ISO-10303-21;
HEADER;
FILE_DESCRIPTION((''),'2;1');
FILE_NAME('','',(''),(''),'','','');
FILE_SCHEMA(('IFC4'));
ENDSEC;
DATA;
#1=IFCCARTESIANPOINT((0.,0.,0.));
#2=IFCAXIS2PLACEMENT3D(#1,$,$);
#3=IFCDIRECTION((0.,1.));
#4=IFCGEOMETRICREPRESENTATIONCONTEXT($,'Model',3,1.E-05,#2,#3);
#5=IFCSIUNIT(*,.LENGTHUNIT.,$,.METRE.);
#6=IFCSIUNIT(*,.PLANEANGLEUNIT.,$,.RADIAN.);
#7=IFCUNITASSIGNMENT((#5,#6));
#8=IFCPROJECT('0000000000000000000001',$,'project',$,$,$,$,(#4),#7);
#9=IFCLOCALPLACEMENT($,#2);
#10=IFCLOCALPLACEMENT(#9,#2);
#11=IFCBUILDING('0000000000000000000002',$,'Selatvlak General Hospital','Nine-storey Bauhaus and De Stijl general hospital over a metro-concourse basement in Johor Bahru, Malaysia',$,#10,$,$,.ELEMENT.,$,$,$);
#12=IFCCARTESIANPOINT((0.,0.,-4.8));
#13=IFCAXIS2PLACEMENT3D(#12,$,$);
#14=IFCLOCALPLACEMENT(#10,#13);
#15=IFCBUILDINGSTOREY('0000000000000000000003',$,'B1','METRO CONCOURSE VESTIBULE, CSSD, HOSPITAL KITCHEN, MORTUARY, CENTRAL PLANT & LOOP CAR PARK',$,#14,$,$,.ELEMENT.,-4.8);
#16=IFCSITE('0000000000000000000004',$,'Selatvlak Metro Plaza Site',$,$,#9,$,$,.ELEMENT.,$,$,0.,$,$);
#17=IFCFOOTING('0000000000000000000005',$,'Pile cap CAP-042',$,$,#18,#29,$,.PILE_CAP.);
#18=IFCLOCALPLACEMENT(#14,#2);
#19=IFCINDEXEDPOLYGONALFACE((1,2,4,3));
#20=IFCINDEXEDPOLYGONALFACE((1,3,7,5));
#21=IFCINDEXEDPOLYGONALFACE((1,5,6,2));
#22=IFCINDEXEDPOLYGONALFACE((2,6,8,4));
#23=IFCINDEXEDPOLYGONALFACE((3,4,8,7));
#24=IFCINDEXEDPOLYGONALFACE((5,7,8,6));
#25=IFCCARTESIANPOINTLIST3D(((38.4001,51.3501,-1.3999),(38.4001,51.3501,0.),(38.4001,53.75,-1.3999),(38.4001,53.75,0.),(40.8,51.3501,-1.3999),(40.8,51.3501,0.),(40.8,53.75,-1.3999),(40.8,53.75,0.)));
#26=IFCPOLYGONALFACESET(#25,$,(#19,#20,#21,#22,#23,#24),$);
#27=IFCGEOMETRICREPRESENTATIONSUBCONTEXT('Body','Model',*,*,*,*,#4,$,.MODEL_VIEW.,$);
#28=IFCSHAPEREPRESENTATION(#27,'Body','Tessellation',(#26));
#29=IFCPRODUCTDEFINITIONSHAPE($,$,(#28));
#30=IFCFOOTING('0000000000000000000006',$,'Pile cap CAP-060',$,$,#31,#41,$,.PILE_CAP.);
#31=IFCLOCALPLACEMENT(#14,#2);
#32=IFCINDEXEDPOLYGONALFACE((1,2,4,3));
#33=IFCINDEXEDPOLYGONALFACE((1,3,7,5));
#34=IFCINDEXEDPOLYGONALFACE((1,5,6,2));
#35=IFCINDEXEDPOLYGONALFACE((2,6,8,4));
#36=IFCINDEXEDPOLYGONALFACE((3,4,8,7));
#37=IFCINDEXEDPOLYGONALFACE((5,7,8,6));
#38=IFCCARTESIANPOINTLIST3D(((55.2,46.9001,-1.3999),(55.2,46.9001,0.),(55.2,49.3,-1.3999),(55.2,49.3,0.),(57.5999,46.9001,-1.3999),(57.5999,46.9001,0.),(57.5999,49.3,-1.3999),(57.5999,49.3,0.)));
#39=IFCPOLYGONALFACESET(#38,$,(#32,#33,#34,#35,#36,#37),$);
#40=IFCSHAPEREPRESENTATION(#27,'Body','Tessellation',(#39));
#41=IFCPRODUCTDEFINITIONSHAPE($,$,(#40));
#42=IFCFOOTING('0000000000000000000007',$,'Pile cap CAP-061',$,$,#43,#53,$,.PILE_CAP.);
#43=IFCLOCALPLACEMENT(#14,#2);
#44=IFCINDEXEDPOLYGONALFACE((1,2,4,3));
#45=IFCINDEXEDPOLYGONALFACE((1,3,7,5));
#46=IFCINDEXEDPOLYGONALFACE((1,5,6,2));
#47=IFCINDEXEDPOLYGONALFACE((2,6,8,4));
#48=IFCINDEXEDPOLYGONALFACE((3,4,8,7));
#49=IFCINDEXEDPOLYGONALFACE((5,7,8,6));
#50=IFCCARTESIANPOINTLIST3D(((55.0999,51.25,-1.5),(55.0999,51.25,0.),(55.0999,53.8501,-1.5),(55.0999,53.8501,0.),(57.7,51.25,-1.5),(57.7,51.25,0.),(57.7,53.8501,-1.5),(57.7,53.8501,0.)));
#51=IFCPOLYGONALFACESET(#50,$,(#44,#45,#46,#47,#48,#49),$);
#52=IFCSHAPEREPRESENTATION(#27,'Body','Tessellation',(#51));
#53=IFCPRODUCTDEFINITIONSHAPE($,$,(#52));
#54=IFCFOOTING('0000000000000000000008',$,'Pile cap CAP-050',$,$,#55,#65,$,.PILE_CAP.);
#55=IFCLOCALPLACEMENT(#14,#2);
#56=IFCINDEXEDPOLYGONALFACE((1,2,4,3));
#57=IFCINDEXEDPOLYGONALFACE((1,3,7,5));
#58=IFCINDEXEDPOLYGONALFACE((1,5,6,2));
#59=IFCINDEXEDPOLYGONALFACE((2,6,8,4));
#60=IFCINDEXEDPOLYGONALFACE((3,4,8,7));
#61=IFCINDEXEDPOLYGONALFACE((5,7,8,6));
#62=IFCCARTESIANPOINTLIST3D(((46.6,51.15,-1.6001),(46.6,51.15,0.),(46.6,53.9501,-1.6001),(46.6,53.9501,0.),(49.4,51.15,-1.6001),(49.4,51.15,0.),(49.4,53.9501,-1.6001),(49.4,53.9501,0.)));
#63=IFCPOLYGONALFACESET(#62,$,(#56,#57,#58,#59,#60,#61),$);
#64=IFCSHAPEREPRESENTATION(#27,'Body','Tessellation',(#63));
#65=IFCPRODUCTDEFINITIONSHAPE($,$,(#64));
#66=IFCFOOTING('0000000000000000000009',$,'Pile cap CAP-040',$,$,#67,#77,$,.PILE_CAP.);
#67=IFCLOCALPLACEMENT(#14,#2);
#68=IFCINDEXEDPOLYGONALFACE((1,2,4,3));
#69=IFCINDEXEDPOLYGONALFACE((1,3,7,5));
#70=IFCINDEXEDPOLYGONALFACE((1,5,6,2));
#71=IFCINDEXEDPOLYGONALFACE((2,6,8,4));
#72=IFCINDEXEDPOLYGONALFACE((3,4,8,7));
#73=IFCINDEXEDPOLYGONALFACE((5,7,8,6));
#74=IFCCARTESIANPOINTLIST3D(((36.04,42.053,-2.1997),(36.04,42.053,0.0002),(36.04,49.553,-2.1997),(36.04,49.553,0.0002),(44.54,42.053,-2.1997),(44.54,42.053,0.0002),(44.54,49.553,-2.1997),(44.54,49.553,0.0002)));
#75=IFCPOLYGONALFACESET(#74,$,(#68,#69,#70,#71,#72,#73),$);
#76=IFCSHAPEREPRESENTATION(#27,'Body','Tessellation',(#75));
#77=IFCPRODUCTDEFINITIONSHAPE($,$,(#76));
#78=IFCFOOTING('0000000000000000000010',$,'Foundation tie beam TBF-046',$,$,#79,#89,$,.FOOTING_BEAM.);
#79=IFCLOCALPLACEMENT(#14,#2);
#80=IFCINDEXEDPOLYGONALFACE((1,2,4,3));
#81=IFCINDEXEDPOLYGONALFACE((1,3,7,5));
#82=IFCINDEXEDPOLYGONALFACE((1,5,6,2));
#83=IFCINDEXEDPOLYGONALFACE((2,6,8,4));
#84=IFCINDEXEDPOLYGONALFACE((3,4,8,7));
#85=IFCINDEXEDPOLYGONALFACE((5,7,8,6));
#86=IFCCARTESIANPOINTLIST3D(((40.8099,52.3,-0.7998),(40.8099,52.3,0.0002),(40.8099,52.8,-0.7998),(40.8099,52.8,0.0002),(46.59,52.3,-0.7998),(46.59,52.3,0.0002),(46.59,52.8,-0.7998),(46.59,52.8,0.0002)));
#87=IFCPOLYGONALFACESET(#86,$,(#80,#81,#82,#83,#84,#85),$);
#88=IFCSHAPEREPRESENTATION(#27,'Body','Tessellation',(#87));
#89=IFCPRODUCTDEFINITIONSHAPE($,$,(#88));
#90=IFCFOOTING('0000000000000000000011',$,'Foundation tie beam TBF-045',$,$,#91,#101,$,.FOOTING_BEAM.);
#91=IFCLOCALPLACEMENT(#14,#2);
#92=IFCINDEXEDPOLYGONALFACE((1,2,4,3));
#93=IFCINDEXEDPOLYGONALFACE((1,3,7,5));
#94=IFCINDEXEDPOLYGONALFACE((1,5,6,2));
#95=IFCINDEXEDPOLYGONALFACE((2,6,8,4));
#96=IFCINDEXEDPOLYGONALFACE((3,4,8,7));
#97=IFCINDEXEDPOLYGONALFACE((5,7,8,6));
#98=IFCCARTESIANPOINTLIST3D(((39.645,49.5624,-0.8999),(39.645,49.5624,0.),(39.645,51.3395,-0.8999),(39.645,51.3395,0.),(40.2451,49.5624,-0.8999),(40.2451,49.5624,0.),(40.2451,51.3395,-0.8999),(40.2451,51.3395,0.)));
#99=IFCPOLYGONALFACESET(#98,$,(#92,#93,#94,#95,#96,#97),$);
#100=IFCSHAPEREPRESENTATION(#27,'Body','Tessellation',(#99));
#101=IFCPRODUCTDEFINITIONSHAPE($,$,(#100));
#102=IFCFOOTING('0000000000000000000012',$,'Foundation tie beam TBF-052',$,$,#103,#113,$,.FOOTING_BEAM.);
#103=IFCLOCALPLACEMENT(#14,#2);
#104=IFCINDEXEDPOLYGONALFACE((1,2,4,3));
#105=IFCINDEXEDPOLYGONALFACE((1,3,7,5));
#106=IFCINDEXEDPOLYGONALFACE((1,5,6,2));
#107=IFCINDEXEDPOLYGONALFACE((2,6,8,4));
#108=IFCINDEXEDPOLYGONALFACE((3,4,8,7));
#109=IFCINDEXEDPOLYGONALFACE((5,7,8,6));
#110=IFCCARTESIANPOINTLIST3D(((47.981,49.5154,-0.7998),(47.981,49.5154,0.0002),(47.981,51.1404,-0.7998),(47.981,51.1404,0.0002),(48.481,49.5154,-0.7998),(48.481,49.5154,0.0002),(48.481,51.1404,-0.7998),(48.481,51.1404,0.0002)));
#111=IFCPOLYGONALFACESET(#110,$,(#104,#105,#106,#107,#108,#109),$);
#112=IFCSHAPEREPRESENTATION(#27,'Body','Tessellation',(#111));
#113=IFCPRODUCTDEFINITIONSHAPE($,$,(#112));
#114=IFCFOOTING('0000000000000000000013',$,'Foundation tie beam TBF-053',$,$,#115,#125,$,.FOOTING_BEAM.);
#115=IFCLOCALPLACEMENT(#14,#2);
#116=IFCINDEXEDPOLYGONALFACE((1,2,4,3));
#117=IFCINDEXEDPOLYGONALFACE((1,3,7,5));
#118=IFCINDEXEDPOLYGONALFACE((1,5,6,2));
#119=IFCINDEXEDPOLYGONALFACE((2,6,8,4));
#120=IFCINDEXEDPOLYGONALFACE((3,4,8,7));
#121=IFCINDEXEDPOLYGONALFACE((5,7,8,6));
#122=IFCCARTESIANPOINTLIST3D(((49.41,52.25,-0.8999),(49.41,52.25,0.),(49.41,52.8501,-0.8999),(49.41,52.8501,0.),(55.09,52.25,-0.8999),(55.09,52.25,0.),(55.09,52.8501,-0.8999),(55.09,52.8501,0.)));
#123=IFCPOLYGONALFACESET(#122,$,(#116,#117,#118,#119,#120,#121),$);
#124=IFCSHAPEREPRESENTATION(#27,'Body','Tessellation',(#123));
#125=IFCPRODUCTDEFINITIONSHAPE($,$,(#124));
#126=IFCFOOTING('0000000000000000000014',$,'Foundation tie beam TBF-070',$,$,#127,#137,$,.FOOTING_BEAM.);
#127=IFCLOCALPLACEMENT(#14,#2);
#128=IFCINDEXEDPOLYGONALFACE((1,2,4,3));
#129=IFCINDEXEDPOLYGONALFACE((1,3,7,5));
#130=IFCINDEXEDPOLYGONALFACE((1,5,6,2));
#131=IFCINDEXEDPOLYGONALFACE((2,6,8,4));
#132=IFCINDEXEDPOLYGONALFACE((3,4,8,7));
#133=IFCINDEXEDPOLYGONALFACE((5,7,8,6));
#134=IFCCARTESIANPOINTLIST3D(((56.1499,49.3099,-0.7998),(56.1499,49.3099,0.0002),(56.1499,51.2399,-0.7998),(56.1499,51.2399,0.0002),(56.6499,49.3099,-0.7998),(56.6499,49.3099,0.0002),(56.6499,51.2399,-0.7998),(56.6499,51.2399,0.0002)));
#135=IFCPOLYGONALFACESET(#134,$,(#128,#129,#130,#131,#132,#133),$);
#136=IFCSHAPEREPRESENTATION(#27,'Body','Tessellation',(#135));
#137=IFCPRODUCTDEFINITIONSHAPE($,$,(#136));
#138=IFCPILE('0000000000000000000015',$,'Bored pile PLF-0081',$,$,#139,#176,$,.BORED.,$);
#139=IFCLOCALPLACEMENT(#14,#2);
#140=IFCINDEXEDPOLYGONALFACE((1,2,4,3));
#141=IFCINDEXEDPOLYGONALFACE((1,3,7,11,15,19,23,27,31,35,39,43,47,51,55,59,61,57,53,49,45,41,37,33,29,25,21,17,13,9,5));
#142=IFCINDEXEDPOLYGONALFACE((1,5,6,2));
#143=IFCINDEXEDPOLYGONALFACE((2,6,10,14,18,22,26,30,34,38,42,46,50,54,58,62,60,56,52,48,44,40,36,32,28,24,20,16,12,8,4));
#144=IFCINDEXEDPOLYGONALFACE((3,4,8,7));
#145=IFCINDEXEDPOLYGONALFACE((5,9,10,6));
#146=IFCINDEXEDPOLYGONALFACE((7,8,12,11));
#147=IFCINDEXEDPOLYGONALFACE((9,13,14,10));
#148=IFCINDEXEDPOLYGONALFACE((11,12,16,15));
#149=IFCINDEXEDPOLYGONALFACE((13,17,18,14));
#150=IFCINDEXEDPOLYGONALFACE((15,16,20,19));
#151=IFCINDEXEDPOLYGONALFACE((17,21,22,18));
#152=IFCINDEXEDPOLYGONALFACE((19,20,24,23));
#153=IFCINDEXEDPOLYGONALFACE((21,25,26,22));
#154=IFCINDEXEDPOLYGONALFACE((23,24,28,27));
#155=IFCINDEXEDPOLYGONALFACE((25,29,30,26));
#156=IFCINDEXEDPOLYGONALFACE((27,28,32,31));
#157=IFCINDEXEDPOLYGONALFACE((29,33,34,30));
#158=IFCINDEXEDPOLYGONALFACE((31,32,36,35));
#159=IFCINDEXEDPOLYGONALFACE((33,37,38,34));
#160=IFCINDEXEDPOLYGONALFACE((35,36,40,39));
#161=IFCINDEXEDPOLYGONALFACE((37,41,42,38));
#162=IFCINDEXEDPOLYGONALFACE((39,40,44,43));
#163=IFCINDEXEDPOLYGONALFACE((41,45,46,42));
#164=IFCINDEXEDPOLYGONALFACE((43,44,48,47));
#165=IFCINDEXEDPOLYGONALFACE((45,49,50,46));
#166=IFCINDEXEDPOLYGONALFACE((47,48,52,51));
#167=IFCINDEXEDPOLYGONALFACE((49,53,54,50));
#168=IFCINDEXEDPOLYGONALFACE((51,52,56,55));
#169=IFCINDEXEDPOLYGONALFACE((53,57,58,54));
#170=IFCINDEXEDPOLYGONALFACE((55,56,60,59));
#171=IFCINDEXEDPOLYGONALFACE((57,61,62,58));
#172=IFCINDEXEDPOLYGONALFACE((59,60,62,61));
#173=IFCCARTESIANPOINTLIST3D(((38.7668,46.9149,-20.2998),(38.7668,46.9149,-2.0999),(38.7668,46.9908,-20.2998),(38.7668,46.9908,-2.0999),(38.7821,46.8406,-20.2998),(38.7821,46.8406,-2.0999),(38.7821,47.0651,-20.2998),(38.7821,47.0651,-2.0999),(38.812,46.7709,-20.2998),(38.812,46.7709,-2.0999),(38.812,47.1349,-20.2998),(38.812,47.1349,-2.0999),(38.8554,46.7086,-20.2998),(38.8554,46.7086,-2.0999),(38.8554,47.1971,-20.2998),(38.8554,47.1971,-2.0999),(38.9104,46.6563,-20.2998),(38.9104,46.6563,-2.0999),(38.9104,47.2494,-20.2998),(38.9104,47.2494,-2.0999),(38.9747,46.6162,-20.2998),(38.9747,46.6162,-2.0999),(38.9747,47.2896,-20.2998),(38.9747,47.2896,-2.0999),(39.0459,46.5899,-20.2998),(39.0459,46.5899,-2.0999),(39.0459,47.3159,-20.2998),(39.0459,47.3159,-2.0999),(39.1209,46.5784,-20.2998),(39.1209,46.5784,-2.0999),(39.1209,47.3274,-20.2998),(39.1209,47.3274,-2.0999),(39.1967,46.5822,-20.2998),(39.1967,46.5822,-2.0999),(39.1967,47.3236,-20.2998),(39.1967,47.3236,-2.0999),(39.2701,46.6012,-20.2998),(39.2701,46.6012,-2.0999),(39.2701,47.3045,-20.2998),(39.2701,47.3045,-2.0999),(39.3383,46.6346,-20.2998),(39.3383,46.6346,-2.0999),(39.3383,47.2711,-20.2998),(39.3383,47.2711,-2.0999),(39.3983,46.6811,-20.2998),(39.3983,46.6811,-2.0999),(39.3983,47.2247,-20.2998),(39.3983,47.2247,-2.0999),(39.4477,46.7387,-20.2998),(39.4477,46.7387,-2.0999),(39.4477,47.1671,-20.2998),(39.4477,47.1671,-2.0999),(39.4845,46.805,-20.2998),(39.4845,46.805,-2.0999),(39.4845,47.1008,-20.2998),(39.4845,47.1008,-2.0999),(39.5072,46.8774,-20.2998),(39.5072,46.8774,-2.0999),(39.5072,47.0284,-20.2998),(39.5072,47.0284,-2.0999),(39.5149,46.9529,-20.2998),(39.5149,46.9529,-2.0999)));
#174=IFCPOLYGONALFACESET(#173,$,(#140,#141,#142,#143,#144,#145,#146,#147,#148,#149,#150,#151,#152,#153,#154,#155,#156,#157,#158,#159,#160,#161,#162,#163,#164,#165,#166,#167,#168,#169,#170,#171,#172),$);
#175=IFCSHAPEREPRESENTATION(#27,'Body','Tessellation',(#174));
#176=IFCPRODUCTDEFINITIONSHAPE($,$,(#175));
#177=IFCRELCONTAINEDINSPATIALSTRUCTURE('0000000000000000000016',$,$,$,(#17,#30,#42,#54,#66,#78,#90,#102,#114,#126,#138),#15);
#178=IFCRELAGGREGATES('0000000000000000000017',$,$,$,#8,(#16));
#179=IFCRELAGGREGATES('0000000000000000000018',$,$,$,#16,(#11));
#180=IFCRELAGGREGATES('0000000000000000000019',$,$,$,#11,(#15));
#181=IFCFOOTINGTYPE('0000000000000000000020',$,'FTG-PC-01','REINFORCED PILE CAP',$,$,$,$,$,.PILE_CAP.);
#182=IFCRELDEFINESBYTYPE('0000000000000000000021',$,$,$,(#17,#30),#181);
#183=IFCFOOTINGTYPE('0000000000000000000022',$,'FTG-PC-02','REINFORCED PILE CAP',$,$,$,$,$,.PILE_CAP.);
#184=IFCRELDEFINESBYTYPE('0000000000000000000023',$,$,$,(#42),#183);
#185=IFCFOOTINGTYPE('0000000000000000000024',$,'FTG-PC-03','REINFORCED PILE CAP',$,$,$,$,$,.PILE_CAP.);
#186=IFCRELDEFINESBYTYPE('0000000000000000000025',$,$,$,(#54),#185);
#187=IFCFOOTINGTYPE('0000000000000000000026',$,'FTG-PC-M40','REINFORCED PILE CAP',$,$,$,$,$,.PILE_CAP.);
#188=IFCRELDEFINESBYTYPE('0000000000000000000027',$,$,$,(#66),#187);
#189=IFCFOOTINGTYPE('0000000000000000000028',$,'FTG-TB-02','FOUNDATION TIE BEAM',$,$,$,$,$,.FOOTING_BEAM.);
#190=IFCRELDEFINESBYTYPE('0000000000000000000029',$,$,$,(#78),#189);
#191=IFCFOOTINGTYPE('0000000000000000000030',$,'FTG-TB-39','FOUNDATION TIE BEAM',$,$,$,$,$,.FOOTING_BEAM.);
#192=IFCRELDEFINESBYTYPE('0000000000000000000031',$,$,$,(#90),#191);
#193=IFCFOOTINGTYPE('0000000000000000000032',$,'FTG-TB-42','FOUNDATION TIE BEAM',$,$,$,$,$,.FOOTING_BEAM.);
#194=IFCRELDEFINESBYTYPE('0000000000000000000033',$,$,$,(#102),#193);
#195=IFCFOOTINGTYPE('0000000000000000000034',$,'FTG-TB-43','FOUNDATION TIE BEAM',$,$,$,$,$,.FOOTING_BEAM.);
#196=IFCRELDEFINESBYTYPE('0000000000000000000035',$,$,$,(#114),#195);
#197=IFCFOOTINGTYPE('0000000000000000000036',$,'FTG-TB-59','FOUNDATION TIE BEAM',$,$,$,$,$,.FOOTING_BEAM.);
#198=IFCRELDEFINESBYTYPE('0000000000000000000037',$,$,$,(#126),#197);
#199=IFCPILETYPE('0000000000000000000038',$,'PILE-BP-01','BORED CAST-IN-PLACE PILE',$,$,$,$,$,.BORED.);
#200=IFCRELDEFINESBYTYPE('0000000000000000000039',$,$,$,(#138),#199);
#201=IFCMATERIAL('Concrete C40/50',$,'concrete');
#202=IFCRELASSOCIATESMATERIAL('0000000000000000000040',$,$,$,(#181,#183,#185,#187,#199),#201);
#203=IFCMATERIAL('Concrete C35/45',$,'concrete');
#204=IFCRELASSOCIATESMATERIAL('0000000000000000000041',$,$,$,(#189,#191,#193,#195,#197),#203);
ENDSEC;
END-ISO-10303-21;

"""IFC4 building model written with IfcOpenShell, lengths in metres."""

from ifc_helpers import new_model, si_unit, direction, frame, origin, origin_2d, place, context, subcontext, project, spatial, rectangle, circle, extrude, material, material_profile, profile_set, type_object, element, save


model = new_model("IFC4")

# Units and contexts
model_context = context("Model", 3, precision=1e-05, world=origin(), true_north=direction((0.0, 1.0)))
body_context = subcontext(model_context, "Body", "Model", "MODEL_VIEW")
ifc_project = project(units=[si_unit("LENGTHUNIT", "METRE"), si_unit("PLANEANGLEUNIT", "RADIAN")], contexts=[model_context])

# Site, building, storey
site_placement = place(None, origin())
site = spatial("IfcSite", under=ifc_project, at=site_placement, Name="Selatvlak Metro Plaza Site", CompositionType="ELEMENT", RefElevation=0.0)
building_placement = place(site_placement, origin())
building = spatial("IfcBuilding", under=site, at=building_placement, Name="Selatvlak General Hospital", Description="Nine-storey Bauhaus and De Stijl general hospital over a metro-concourse basement in Johor Bahru, Malaysia", CompositionType="ELEMENT")
storey_placement = place(building_placement, frame((0.0, 0.0, -4.8)))
storey = spatial("IfcBuildingStorey", under=building, at=storey_placement, Name="B1", Description="METRO CONCOURSE VESTIBULE, CSSD, HOSPITAL KITCHEN, MORTUARY, CENTRAL PLANT & LOOP CAR PARK", CompositionType="ELEMENT", Elevation=-4.8)

# Footings
ifc_material_1 = material(Name="Concrete C40/50", Category="concrete")
footing_type_1 = type_object("IfcFootingType", Name="FTG-PC-01", Description="REINFORCED PILE CAP", PredefinedType="PILE_CAP", material=ifc_material_1)
for number, where, z_axis, x_axis, name in (
    (1, (39.6001, 52.55, -1.3999), (0.0, 0.0, 1.0), (1.0, 0.0, 0.0), "Pile cap CAP-042"),
    (2, (56.3999, 48.1001, -1.3999), (0.0, 0.0, 1.0), (1.0, 0.0, 0.0), "Pile cap CAP-060"),
):
    element("IfcFooting", number, at=place(storey_placement, frame(where, z_axis=z_axis, x_axis=x_axis)), inside=storey, type_object=footing_type_1, Name=name, PredefinedType="PILE_CAP", context=body_context, shape_type="SweptSolid", body=[
        extrude(rectangle(XDim=2.3999, YDim=2.3999, at=origin_2d()), origin(), (0.0, 0.0, 1.0), 1.3999),
    ])
footing_type_2 = type_object("IfcFootingType", Name="FTG-PC-02", Description="REINFORCED PILE CAP", PredefinedType="PILE_CAP", material=ifc_material_1)
footing_1_placement = place(storey_placement, frame((56.3999, 52.55, -1.5), z_axis=(0.0, 0.0, 1.0), x_axis=(1.0, 0.0, 0.0)))
element("IfcFooting", 3, at=footing_1_placement, inside=storey, type_object=footing_type_2, Name="Pile cap CAP-061", PredefinedType="PILE_CAP", context=body_context, shape_type="SweptSolid", body=[
    extrude(rectangle(XDim=2.6001, YDim=2.6001, at=origin_2d()), origin(), (0.0, 0.0, 1.0), 1.5),
])
footing_type_3 = type_object("IfcFootingType", Name="FTG-PC-03", Description="REINFORCED PILE CAP", PredefinedType="PILE_CAP", material=ifc_material_1)
footing_2_placement = place(storey_placement, frame((48.0, 52.55, -1.6001), z_axis=(0.0, 0.0, 1.0), x_axis=(1.0, 0.0, 0.0)))
element("IfcFooting", 4, at=footing_2_placement, inside=storey, type_object=footing_type_3, Name="Pile cap CAP-050", PredefinedType="PILE_CAP", context=body_context, shape_type="SweptSolid", body=[
    extrude(rectangle(XDim=2.8, YDim=2.8, at=origin_2d()), origin(), (0.0, 0.0, 1.0), 1.6001),
])
footing_type_4 = type_object("IfcFootingType", Name="FTG-PC-M40", Description="REINFORCED PILE CAP", PredefinedType="PILE_CAP", material=ifc_material_1)
footing_3_placement = place(storey_placement, frame((40.29, 45.803, -2.1997), z_axis=(0.0, 0.0, 1.0), x_axis=(1.0, 0.0, 0.0)))
element("IfcFooting", 5, at=footing_3_placement, inside=storey, type_object=footing_type_4, Name="Pile cap CAP-040", PredefinedType="PILE_CAP", context=body_context, shape_type="SweptSolid", body=[
    extrude(rectangle(XDim=8.5, YDim=7.5, at=origin_2d()), origin(), (0.0, 0.0, 1.0), 2.2),
])
ifc_material_2 = material(Name="Concrete C35/45", Category="concrete")
footing_type_5 = type_object("IfcFootingType", Name="FTG-TB-02", Description="FOUNDATION TIE BEAM", PredefinedType="FOOTING_BEAM", material=ifc_material_2)
footing_4_placement = place(storey_placement, frame((43.7, 52.55, -0.7998), z_axis=(0.0, 0.0, 1.0), x_axis=(1.0, 0.0, 0.0)))
element("IfcFooting", 6, at=footing_4_placement, inside=storey, type_object=footing_type_5, Name="Foundation tie beam TBF-046", PredefinedType="FOOTING_BEAM", context=body_context, shape_type="SweptSolid", body=[
    extrude(rectangle(XDim=5.78, YDim=0.5, at=origin_2d()), origin(), (0.0, 0.0, 1.0), 0.8),
])
footing_type_6 = type_object("IfcFootingType", Name="FTG-TB-39", Description="FOUNDATION TIE BEAM", PredefinedType="FOOTING_BEAM", material=ifc_material_2)
footing_5_placement = place(storey_placement, frame((39.9451, 50.4509, -0.8999), z_axis=(0.0, 0.0, 1.0), x_axis=(0.0, 1.0, 0.0)))
element("IfcFooting", 7, at=footing_5_placement, inside=storey, type_object=footing_type_6, Name="Foundation tie beam TBF-045", PredefinedType="FOOTING_BEAM", context=body_context, shape_type="SweptSolid", body=[
    extrude(rectangle(XDim=1.7771, YDim=0.6001, at=origin_2d()), origin(), (0.0, 0.0, 1.0), 0.8999),
])
footing_type_7 = type_object("IfcFootingType", Name="FTG-TB-42", Description="FOUNDATION TIE BEAM", PredefinedType="FOOTING_BEAM", material=ifc_material_2)
footing_6_placement = place(storey_placement, frame((48.231, 50.3279, -0.7998), z_axis=(0.0, 0.0, 1.0), x_axis=(0.0, 1.0, 0.0)))
element("IfcFooting", 8, at=footing_6_placement, inside=storey, type_object=footing_type_7, Name="Foundation tie beam TBF-052", PredefinedType="FOOTING_BEAM", context=body_context, shape_type="SweptSolid", body=[
    extrude(rectangle(XDim=1.625, YDim=0.5, at=origin_2d()), origin(), (0.0, 0.0, 1.0), 0.8),
])
footing_type_8 = type_object("IfcFootingType", Name="FTG-TB-43", Description="FOUNDATION TIE BEAM", PredefinedType="FOOTING_BEAM", material=ifc_material_2)
footing_7_placement = place(storey_placement, frame((52.25, 52.55, -0.8999), z_axis=(0.0, 0.0, 1.0), x_axis=(1.0, 0.0, 0.0)))
element("IfcFooting", 9, at=footing_7_placement, inside=storey, type_object=footing_type_8, Name="Foundation tie beam TBF-053", PredefinedType="FOOTING_BEAM", context=body_context, shape_type="SweptSolid", body=[
    extrude(rectangle(XDim=5.6799, YDim=0.6001, at=origin_2d()), origin(), (0.0, 0.0, 1.0), 0.8999),
])
footing_type_9 = type_object("IfcFootingType", Name="FTG-TB-59", Description="FOUNDATION TIE BEAM", PredefinedType="FOOTING_BEAM", material=ifc_material_2)
footing_8_placement = place(storey_placement, frame((56.3999, 50.2749, -0.7998), z_axis=(0.0, 0.0, 1.0), x_axis=(0.0, 1.0, 0.0)))
element("IfcFooting", 10, at=footing_8_placement, inside=storey, type_object=footing_type_9, Name="Foundation tie beam TBF-070", PredefinedType="FOOTING_BEAM", context=body_context, shape_type="SweptSolid", body=[
    extrude(rectangle(XDim=1.9299, YDim=0.5, at=origin_2d()), origin(), (0.0, 0.0, 1.0), 0.8),
])

# Pile
ifc_material_profile_1 = material_profile(ifc_material_1, circle(Radius=0.375, at=origin_2d()), Name="BORED PILE 750")
ifc_profile_set_1 = profile_set([ifc_material_profile_1], Name="Concrete C40/50")
pile_type_1 = type_object("IfcPileType", Name="PILE-BP-01", Description="BORED CAST-IN-PLACE PILE", PredefinedType="BORED", material=ifc_profile_set_1)
for number, where, z_axis, x_axis, name in (
    (11, (39.1399, 46.9529, -2.0999), (0.0, 0.0, -1.0), (1.0, 0.0, 0.0), "Bored pile PLF-0081"),
):
    element("IfcPile", number, at=place(storey_placement, frame(where, z_axis=z_axis, x_axis=x_axis)), inside=storey, type_object=pile_type_1, Name=name, PredefinedType="BORED", context=body_context, shape_type="SweptSolid", body=[
        extrude(circle(Radius=0.375, at=origin_2d()), origin(), (0.0, 0.0, 1.0), 18.2),
    ])

save(model, "model.ifc")
